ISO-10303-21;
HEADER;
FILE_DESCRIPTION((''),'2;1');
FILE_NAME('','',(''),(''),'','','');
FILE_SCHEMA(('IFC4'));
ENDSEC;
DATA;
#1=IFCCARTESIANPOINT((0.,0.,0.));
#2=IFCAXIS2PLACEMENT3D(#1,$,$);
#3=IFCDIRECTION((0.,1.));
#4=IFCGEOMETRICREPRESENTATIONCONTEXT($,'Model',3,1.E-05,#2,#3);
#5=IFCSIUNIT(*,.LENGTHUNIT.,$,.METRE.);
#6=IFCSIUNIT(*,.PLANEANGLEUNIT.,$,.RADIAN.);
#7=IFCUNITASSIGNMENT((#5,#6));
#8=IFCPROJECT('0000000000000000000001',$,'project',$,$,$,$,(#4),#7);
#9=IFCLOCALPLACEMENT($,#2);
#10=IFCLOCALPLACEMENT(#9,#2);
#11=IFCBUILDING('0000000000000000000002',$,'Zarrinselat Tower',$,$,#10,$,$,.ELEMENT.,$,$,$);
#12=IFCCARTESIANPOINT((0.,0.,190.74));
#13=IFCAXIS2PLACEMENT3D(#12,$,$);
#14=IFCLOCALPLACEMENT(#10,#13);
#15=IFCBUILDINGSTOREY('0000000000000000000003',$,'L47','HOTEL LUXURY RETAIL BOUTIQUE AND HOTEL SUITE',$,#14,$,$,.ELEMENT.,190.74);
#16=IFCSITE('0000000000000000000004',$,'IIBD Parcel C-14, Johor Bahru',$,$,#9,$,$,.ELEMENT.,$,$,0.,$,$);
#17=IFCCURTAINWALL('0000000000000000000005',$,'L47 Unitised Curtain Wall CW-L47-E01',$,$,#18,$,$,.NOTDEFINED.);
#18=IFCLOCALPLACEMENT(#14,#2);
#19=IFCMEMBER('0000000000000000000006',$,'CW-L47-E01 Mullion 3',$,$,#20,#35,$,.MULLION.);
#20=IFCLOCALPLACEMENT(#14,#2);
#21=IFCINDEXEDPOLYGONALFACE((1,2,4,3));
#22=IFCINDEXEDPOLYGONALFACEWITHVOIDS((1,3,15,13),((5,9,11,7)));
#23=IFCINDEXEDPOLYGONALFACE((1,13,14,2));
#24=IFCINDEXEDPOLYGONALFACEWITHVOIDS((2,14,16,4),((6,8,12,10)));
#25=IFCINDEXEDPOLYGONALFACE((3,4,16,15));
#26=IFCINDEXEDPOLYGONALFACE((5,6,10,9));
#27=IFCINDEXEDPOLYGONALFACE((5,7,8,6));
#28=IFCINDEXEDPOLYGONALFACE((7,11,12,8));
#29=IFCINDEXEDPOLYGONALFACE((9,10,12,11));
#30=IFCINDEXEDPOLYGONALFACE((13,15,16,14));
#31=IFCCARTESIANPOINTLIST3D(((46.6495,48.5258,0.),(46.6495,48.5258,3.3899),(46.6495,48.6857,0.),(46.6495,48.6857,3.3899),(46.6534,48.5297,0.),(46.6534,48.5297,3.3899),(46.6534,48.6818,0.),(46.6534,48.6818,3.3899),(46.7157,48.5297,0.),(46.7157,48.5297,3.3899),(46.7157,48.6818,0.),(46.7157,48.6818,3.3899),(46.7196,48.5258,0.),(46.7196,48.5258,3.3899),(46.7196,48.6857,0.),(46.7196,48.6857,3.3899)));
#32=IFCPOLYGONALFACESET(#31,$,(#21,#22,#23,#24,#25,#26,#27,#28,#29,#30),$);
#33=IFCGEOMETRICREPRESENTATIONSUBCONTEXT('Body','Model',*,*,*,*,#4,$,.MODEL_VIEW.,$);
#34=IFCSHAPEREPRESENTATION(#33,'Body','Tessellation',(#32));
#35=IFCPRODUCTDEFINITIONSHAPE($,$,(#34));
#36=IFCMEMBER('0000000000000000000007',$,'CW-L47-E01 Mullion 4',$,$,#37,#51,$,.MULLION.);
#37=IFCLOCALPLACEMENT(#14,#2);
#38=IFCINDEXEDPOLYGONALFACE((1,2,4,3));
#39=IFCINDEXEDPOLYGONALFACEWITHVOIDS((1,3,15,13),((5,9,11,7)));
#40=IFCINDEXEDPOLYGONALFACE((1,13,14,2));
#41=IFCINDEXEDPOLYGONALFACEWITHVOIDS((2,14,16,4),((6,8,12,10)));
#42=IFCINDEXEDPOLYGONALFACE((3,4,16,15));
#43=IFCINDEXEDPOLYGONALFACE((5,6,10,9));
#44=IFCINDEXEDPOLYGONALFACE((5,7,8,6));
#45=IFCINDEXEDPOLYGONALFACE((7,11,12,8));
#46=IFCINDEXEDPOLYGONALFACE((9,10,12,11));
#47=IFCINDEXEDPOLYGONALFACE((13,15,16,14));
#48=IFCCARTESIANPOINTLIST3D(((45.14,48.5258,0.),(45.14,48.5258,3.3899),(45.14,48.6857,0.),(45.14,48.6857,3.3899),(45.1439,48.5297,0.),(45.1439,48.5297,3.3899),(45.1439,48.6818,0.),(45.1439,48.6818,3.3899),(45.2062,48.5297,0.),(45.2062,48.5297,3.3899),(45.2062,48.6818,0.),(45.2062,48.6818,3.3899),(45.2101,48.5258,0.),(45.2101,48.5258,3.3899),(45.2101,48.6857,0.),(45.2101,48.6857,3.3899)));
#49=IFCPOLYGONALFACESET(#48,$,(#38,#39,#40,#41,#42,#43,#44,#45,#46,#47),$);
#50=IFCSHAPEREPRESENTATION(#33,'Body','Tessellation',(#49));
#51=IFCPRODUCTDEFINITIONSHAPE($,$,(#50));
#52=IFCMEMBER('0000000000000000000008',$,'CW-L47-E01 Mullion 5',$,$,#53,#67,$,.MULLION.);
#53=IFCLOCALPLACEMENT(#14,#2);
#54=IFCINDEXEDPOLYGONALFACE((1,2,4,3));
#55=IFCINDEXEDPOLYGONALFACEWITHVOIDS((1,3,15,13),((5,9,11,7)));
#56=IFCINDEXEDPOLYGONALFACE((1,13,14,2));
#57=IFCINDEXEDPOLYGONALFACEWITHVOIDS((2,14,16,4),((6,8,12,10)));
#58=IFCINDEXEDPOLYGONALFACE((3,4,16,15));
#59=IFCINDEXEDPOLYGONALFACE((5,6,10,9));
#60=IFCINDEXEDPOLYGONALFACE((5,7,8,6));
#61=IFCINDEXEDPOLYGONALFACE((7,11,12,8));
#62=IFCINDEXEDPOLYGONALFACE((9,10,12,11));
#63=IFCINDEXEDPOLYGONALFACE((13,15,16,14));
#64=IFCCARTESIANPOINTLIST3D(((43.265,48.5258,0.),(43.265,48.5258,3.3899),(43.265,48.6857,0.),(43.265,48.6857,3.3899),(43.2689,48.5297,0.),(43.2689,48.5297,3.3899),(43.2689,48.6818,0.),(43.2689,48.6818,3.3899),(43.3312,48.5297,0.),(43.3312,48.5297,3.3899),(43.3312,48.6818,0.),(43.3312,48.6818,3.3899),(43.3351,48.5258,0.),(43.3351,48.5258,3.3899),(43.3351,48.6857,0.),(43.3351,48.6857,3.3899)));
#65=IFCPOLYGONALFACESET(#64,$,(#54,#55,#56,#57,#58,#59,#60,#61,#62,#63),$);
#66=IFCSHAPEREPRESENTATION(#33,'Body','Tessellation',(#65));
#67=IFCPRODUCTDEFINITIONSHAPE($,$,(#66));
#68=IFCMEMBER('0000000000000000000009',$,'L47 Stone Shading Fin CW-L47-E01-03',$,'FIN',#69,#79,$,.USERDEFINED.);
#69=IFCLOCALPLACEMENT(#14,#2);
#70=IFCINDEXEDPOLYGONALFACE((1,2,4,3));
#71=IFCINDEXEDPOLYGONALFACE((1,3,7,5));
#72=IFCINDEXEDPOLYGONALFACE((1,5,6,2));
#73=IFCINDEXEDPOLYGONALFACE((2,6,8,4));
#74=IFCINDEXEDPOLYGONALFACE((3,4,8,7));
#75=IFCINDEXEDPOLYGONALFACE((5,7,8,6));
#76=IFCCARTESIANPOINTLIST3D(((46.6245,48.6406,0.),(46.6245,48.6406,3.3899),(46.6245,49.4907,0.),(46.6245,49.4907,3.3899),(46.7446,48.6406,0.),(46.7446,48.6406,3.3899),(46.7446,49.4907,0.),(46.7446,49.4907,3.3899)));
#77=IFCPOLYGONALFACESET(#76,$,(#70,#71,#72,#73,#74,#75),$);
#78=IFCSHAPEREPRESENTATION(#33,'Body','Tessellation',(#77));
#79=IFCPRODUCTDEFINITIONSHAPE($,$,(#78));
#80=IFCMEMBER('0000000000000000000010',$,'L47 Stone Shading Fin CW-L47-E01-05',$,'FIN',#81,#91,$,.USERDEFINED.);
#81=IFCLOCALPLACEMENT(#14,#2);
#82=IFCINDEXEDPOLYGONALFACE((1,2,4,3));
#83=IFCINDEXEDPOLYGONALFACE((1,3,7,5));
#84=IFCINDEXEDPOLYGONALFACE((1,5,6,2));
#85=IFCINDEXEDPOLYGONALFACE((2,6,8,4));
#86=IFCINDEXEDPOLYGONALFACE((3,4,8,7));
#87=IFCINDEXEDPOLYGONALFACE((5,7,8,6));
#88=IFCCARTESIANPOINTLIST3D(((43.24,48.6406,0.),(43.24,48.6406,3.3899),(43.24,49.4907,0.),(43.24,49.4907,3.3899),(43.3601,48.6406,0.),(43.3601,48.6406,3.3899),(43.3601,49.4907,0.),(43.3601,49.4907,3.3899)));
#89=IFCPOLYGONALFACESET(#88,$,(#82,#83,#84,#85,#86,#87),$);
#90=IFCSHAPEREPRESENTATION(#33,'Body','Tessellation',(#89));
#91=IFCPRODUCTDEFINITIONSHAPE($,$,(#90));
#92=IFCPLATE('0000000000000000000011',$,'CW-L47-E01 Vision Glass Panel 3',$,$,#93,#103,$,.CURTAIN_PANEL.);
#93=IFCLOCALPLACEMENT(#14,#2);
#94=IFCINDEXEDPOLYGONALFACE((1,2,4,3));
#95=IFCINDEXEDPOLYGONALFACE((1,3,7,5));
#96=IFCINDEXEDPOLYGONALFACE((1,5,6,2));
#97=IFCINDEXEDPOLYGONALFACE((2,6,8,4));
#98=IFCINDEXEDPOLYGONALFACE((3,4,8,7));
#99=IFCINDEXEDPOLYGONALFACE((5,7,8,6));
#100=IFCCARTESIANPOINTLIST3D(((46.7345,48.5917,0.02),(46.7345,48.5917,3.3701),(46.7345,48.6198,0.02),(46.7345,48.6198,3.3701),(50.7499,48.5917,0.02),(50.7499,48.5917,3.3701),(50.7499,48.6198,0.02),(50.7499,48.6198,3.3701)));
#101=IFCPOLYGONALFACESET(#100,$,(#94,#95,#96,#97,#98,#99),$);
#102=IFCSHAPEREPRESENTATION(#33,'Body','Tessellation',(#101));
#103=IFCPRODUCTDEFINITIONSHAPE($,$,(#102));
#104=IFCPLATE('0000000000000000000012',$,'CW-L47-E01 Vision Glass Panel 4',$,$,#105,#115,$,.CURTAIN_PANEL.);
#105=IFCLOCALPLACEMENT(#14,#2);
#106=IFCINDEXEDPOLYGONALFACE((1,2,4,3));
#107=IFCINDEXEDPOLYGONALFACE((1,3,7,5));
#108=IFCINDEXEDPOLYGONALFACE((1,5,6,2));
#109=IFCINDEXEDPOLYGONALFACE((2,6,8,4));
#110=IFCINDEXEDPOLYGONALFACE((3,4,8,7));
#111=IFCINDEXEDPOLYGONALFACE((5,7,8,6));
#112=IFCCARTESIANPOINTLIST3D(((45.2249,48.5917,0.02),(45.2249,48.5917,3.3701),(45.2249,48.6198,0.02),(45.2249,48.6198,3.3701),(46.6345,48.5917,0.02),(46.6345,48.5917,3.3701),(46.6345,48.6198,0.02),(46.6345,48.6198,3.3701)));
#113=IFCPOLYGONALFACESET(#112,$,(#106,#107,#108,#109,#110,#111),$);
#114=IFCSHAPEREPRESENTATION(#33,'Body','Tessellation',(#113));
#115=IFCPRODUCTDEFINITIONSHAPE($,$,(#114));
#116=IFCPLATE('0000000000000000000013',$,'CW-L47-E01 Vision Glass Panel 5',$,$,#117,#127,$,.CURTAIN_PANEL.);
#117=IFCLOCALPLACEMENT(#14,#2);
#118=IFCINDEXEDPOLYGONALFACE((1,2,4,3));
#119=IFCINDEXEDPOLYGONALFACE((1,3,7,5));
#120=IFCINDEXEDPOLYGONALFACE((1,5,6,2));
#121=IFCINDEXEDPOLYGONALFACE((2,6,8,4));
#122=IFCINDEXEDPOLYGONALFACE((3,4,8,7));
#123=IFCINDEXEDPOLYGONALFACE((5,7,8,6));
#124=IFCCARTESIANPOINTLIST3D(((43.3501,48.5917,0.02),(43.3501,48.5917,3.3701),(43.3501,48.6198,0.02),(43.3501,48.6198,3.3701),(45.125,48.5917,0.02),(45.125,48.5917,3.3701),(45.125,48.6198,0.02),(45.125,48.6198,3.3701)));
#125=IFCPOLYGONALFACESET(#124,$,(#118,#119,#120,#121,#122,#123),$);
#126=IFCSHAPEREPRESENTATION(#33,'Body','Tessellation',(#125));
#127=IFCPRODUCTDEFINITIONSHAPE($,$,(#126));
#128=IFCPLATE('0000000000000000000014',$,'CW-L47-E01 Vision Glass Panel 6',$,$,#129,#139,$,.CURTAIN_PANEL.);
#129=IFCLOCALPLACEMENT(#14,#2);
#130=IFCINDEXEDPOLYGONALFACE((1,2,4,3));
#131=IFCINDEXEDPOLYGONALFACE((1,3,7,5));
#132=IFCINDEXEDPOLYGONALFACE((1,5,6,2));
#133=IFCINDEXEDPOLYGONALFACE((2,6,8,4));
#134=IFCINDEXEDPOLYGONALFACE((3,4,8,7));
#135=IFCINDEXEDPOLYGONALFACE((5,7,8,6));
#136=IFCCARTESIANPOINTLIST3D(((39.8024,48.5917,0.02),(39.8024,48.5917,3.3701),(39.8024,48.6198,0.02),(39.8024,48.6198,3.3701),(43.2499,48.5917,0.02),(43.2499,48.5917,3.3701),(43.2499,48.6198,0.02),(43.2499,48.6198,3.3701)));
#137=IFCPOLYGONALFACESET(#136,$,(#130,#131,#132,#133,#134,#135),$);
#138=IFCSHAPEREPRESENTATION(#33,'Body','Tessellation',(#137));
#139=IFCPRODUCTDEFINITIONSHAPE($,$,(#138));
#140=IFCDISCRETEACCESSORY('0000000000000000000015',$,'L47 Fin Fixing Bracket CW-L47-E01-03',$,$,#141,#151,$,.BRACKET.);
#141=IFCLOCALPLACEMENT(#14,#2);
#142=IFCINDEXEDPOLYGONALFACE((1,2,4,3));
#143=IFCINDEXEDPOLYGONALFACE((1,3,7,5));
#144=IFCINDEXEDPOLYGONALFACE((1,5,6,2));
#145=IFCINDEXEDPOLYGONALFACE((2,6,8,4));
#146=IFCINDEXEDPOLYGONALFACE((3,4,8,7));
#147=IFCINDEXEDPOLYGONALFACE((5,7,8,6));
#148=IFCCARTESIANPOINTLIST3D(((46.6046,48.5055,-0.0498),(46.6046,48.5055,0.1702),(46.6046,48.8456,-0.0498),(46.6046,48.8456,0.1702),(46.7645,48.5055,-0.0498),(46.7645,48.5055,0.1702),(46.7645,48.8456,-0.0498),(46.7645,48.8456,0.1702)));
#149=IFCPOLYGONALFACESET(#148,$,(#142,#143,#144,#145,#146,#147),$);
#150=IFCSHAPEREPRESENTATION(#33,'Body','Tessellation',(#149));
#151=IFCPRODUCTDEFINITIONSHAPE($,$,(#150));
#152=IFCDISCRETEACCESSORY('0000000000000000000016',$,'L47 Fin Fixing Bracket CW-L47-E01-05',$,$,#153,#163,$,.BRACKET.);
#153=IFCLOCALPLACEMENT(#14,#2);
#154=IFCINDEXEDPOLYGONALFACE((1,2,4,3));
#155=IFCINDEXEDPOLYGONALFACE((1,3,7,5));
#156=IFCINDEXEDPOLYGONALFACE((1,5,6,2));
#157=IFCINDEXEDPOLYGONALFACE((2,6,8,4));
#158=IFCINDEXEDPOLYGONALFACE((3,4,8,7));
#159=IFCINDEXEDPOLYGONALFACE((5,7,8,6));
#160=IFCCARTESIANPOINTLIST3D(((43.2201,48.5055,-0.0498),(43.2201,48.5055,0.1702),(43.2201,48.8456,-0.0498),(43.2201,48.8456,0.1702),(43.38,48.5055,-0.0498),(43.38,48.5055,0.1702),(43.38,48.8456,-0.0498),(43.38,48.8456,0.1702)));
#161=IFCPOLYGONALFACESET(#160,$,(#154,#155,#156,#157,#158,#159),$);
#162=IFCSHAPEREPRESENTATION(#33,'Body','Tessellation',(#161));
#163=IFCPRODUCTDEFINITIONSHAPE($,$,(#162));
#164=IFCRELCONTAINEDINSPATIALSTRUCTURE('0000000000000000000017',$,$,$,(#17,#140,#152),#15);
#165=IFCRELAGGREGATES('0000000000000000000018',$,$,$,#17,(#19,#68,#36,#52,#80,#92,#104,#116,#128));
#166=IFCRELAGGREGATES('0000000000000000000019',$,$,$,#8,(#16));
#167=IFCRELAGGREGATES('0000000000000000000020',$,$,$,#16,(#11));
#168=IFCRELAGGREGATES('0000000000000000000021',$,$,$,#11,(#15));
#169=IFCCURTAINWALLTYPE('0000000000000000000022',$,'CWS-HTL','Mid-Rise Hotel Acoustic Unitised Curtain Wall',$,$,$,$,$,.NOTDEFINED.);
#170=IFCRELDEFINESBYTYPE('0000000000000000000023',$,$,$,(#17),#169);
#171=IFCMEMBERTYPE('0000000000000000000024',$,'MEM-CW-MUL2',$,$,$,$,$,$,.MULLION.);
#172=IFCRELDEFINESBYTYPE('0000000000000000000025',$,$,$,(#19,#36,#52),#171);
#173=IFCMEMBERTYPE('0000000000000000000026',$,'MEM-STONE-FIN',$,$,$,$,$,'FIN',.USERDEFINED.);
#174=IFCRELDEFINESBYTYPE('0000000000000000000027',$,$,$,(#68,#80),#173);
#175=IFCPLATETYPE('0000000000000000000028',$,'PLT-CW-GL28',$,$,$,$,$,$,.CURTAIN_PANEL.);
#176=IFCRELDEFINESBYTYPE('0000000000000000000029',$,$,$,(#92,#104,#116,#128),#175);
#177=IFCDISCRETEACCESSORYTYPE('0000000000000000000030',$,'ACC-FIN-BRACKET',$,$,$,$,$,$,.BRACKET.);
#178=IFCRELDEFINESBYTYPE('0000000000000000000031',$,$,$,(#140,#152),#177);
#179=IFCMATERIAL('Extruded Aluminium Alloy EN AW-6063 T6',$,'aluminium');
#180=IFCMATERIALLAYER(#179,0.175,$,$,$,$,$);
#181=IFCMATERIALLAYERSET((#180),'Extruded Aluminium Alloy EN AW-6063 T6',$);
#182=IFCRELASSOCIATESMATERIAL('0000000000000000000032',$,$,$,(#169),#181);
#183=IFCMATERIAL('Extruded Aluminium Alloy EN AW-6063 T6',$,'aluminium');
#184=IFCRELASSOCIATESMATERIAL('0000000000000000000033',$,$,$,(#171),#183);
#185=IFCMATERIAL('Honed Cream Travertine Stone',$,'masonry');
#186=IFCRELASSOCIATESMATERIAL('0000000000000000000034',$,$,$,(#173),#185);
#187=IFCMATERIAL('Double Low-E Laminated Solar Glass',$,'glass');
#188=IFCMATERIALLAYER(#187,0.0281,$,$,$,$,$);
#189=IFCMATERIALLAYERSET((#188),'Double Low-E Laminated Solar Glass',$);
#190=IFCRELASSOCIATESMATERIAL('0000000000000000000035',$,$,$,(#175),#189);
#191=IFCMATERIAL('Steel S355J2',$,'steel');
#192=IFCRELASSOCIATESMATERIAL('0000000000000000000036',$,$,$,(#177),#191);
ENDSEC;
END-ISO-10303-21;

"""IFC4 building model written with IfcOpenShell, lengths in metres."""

from ifc_helpers import new_model, si_unit, direction, frame, origin, origin_2d, place, context, subcontext, project, spatial, rectangle, hollow_rectangle, extrude, material, layer, layer_set, material_profile, profile_set, type_object, element, aggregate, save


model = new_model("IFC4")

# Units and contexts
model_context = context("Model", 3, precision=1e-05, world=origin(), true_north=direction((0.0, 1.0)))
body_context = subcontext(model_context, "Body", "Model", "MODEL_VIEW")
ifc_project = project(units=[si_unit("LENGTHUNIT", "METRE"), si_unit("PLANEANGLEUNIT", "RADIAN")], contexts=[model_context])

# Site, building, storey
site_placement = place(None, origin())
site = spatial("IfcSite", under=ifc_project, at=site_placement, Name="IIBD Parcel C-14, Johor Bahru", CompositionType="ELEMENT", RefElevation=0.0)
building_placement = place(site_placement, origin())
building = spatial("IfcBuilding", under=site, at=building_placement, Name="Zarrinselat Tower", CompositionType="ELEMENT")
storey_placement = place(building_placement, frame((0.0, 0.0, 190.74)))
storey = spatial("IfcBuildingStorey", under=building, at=storey_placement, Name="L47", Description="HOTEL LUXURY RETAIL BOUTIQUE AND HOTEL SUITE", CompositionType="ELEMENT", Elevation=190.74)

# Curtain wall, members, plates
ifc_material_1 = material(Name="Extruded Aluminium Alloy EN AW-6063 T6", Category="aluminium")
ifc_layer_1 = layer(ifc_material_1, 0.175)
ifc_layer_set_1 = layer_set([ifc_layer_1], Name="Extruded Aluminium Alloy EN AW-6063 T6")
curtain_wall_type = type_object("IfcCurtainWallType", Name="CWS-HTL", Description="Mid-Rise Hotel Acoustic Unitised Curtain Wall", PredefinedType="NOTDEFINED", material=ifc_layer_set_1)
curtain_wall_placement = place(storey_placement, origin())
curtain_wall = element("IfcCurtainWall", 1, at=curtain_wall_placement, inside=storey, type_object=curtain_wall_type, Name="L47 Unitised Curtain Wall CW-L47-E01", PredefinedType="NOTDEFINED")
ifc_material_2 = material(Name="Extruded Aluminium Alloy EN AW-6063 T6", Category="aluminium")
ifc_material_profile_1 = material_profile(ifc_material_2, hollow_rectangle(XDim=0.0701, YDim=0.1599, WallThickness=0.0039, at=origin_2d()), Name="RHS 160x70x4")
ifc_profile_set_1 = profile_set([ifc_material_profile_1], Name="Extruded Aluminium Alloy EN AW-6063 T6")
member_type_1 = type_object("IfcMemberType", Name="MEM-CW-MUL2", PredefinedType="MULLION", material=ifc_profile_set_1)
member_1_placement = place(storey_placement, frame((46.6846, 48.6057, 0.0), z_axis=(0.0, 0.0, 1.0), x_axis=(-1.0, 0.0, 0.0)))
member_1 = element("IfcMember", 2, at=member_1_placement, type_object=member_type_1, Name="CW-L47-E01 Mullion 3", PredefinedType="MULLION", context=body_context, shape_type="SweptSolid", body=[
    extrude(hollow_rectangle(XDim=0.0701, YDim=0.1599, WallThickness=0.0039, at=origin_2d()), origin(), (0.0, 0.0, 1.0), 3.3899),
])
member_2_placement = place(storey_placement, frame((45.175, 48.6057, 0.0), z_axis=(0.0, 0.0, 1.0), x_axis=(-1.0, 0.0, 0.0)))
member_2 = element("IfcMember", 3, at=member_2_placement, type_object=member_type_1, Name="CW-L47-E01 Mullion 4", PredefinedType="MULLION", context=body_context, shape_type="SweptSolid", body=[
    extrude(hollow_rectangle(XDim=0.0701, YDim=0.1599, WallThickness=0.0039, at=origin_2d()), origin(), (0.0, 0.0, 1.0), 3.3899),
])
member_3_placement = place(storey_placement, frame((43.3, 48.6057, 0.0), z_axis=(0.0, 0.0, 1.0), x_axis=(-1.0, 0.0, 0.0)))
member_3 = element("IfcMember", 4, at=member_3_placement, type_object=member_type_1, Name="CW-L47-E01 Mullion 5", PredefinedType="MULLION", context=body_context, shape_type="SweptSolid", body=[
    extrude(hollow_rectangle(XDim=0.0701, YDim=0.1599, WallThickness=0.0039, at=origin_2d()), origin(), (0.0, 0.0, 1.0), 3.3899),
])
ifc_material_3 = material(Name="Honed Cream Travertine Stone", Category="masonry")
ifc_material_profile_2 = material_profile(ifc_material_3, rectangle(XDim=0.1201, YDim=0.8501, at=origin_2d()), Name="FIN 850x120")
ifc_profile_set_2 = profile_set([ifc_material_profile_2], Name="Honed Cream Travertine Stone")
member_type_2 = type_object("IfcMemberType", Name="MEM-STONE-FIN", ElementType="FIN", PredefinedType="USERDEFINED", material=ifc_profile_set_2)
member_4_placement = place(storey_placement, frame((46.6846, 49.0657, 0.0), z_axis=(0.0, 0.0, 1.0), x_axis=(1.0, 0.0, 0.0)))
member_4 = element("IfcMember", 5, at=member_4_placement, type_object=member_type_2, Name="L47 Stone Shading Fin CW-L47-E01-03", ObjectType="FIN", PredefinedType="USERDEFINED", context=body_context, shape_type="SweptSolid", body=[
    extrude(rectangle(XDim=0.1201, YDim=0.8501, at=origin_2d()), origin(), (0.0, 0.0, 1.0), 3.3899),
])
member_5_placement = place(storey_placement, frame((43.3, 49.0657, 0.0), z_axis=(0.0, 0.0, 1.0), x_axis=(1.0, 0.0, 0.0)))
member_5 = element("IfcMember", 6, at=member_5_placement, type_object=member_type_2, Name="L47 Stone Shading Fin CW-L47-E01-05", ObjectType="FIN", PredefinedType="USERDEFINED", context=body_context, shape_type="SweptSolid", body=[
    extrude(rectangle(XDim=0.1201, YDim=0.8501, at=origin_2d()), origin(), (0.0, 0.0, 1.0), 3.3899),
])
ifc_material_4 = material(Name="Double Low-E Laminated Solar Glass", Category="glass")
ifc_layer_2 = layer(ifc_material_4, 0.0281)
ifc_layer_set_2 = layer_set([ifc_layer_2], Name="Double Low-E Laminated Solar Glass")
plate_type = type_object("IfcPlateType", Name="PLT-CW-GL28", PredefinedType="CURTAIN_PANEL", material=ifc_layer_set_2)
plate_1_placement = place(storey_placement, frame((48.7422, 48.6057, 0.02), z_axis=(0.0, 0.0, 1.0), x_axis=(-1.0, 0.0, 0.0)))
plate_1 = element("IfcPlate", 7, at=plate_1_placement, type_object=plate_type, Name="CW-L47-E01 Vision Glass Panel 3", PredefinedType="CURTAIN_PANEL", context=body_context, shape_type="SweptSolid", body=[
    extrude(rectangle(XDim=4.0154, YDim=0.0281, at=origin_2d()), origin(), (0.0, 0.0, 1.0), 3.3501),
])
plate_2_placement = place(storey_placement, frame((45.9297, 48.6057, 0.02), z_axis=(0.0, 0.0, 1.0), x_axis=(-1.0, 0.0, 0.0)))
plate_2 = element("IfcPlate", 8, at=plate_2_placement, type_object=plate_type, Name="CW-L47-E01 Vision Glass Panel 4", PredefinedType="CURTAIN_PANEL", context=body_context, shape_type="SweptSolid", body=[
    extrude(rectangle(XDim=1.4097, YDim=0.0281, at=origin_2d()), origin(), (0.0, 0.0, 1.0), 3.3501),
])
plate_3_placement = place(storey_placement, frame((44.2375, 48.6057, 0.02), z_axis=(0.0, 0.0, 1.0), x_axis=(-1.0, 0.0, 0.0)))
plate_3 = element("IfcPlate", 9, at=plate_3_placement, type_object=plate_type, Name="CW-L47-E01 Vision Glass Panel 5", PredefinedType="CURTAIN_PANEL", context=body_context, shape_type="SweptSolid", body=[
    extrude(rectangle(XDim=1.7749, YDim=0.0281, at=origin_2d()), origin(), (0.0, 0.0, 1.0), 3.3501),
])
plate_4_placement = place(storey_placement, frame((41.5261, 48.6057, 0.02), z_axis=(0.0, 0.0, 1.0), x_axis=(-1.0, 0.0, 0.0)))
plate_4 = element("IfcPlate", 10, at=plate_4_placement, type_object=plate_type, Name="CW-L47-E01 Vision Glass Panel 6", PredefinedType="CURTAIN_PANEL", context=body_context, shape_type="SweptSolid", body=[
    extrude(rectangle(XDim=3.4475, YDim=0.0281, at=origin_2d()), origin(), (0.0, 0.0, 1.0), 3.3501),
])
aggregate(curtain_wall, [member_1, member_4, member_2, member_3, member_5, plate_1, plate_2, plate_3, plate_4])

# Discrete accessories
ifc_material_5 = material(Name="Steel S355J2", Category="steel")
discrete_accessory_type = type_object("IfcDiscreteAccessoryType", Name="ACC-FIN-BRACKET", PredefinedType="BRACKET", material=ifc_material_5)
for number, where, z_axis, x_axis, name in (
    (11, (46.6846, 48.6755, -0.0498), (0.0, 0.0, 1.0), (0.0, 1.0, 0.0), "L47 Fin Fixing Bracket CW-L47-E01-03"),
    (12, (43.3, 48.6755, -0.0498), (0.0, 0.0, 1.0), (0.0, 1.0, 0.0), "L47 Fin Fixing Bracket CW-L47-E01-05"),
):
    element("IfcDiscreteAccessory", number, at=place(storey_placement, frame(where, z_axis=z_axis, x_axis=x_axis)), inside=storey, type_object=discrete_accessory_type, Name=name, PredefinedType="BRACKET", context=body_context, shape_type="SweptSolid", body=[
        extrude(rectangle(XDim=0.3401, YDim=0.1599, at=origin_2d()), origin(), (0.0, 0.0, 1.0), 0.22),
    ])

save(model, "model.ifc")
